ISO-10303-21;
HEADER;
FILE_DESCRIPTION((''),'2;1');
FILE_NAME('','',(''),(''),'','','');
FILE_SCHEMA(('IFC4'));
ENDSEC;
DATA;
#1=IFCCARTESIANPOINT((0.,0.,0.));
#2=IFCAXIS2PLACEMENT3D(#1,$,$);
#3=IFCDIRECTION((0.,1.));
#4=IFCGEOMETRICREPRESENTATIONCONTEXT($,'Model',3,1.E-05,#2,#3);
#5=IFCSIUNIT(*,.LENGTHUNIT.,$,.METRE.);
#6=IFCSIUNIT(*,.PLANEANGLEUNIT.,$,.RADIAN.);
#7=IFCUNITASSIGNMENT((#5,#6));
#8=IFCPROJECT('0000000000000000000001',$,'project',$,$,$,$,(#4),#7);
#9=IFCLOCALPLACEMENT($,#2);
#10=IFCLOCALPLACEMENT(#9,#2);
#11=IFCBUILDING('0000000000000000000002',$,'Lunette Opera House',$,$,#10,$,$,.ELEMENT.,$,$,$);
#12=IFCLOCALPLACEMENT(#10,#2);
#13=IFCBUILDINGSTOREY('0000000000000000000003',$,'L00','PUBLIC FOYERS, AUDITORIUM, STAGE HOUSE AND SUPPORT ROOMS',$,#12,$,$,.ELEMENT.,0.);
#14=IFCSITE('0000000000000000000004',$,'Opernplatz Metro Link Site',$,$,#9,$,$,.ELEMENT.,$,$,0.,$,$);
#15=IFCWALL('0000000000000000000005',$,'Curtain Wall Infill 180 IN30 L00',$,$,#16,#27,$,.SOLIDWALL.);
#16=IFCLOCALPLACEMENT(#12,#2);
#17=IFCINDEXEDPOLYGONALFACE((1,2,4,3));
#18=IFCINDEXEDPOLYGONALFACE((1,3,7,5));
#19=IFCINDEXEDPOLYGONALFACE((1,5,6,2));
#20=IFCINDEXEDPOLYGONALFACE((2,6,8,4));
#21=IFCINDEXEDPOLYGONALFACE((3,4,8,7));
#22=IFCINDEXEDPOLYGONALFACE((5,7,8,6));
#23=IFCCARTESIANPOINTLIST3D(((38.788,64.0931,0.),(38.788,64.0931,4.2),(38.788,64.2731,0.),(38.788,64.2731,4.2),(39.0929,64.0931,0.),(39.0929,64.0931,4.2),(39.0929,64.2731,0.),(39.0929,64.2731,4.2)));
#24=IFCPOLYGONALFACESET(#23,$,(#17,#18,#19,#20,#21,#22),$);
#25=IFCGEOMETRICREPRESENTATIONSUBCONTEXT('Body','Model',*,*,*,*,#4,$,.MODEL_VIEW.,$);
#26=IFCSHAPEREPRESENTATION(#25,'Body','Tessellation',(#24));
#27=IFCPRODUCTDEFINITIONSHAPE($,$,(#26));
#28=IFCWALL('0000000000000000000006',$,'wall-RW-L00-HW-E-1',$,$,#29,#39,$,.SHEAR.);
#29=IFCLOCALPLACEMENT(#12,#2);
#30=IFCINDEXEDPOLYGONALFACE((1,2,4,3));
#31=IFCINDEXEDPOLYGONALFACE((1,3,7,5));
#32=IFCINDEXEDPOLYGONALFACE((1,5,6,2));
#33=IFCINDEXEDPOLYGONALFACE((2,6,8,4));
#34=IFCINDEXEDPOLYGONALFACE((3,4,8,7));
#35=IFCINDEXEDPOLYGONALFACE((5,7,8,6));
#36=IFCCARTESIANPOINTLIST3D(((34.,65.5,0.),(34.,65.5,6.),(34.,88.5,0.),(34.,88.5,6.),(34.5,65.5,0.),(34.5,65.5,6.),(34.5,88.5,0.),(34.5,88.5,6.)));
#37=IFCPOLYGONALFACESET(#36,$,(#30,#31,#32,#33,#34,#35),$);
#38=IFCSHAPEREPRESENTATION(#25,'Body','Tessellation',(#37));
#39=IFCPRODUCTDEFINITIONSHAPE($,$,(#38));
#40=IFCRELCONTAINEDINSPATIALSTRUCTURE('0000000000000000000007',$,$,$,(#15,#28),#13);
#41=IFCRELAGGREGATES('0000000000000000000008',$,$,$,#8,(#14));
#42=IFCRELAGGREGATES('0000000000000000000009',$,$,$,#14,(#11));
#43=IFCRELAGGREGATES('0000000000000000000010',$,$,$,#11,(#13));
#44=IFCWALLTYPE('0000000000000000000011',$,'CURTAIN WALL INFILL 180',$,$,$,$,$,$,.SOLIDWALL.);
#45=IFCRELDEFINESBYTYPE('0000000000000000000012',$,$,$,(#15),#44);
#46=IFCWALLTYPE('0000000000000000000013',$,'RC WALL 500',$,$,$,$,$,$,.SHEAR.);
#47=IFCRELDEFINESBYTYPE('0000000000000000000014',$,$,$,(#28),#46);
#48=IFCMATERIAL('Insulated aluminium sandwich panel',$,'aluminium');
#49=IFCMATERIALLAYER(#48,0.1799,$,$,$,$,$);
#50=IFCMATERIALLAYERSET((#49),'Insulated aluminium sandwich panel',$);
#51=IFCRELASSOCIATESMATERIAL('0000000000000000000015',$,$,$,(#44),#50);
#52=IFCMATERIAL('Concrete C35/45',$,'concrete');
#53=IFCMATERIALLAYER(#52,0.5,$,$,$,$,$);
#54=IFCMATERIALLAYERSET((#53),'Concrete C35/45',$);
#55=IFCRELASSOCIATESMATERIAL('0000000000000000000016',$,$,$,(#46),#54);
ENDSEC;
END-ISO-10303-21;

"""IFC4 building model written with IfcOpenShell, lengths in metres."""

from ifc_helpers import new_model, si_unit, direction, frame, frame_2d, origin, place, context, subcontext, project, spatial, rectangle, extrude, material, layer, layer_set, type_object, element, save


model = new_model("IFC4")

# Units and contexts
model_context = context("Model", 3, precision=1e-05, world=origin(), true_north=direction((0.0, 1.0)))
body_context = subcontext(model_context, "Body", "Model", "MODEL_VIEW")
ifc_project = project(units=[si_unit("LENGTHUNIT", "METRE"), si_unit("PLANEANGLEUNIT", "RADIAN")], contexts=[model_context])

# Site, building, storey
site_placement = place(None, origin())
site = spatial("IfcSite", under=ifc_project, at=site_placement, Name="Opernplatz Metro Link Site", CompositionType="ELEMENT", RefElevation=0.0)
building_placement = place(site_placement, origin())
building = spatial("IfcBuilding", under=site, at=building_placement, Name="Lunette Opera House", CompositionType="ELEMENT")
storey_placement = place(building_placement, origin())
storey = spatial("IfcBuildingStorey", under=building, at=storey_placement, Name="L00", Description="PUBLIC FOYERS, AUDITORIUM, STAGE HOUSE AND SUPPORT ROOMS", CompositionType="ELEMENT", Elevation=0.0)

# Walls
ifc_material_1 = material(Name="Insulated aluminium sandwich panel", Category="aluminium")
ifc_layer_1 = layer(ifc_material_1, 0.1799)
ifc_layer_set_1 = layer_set([ifc_layer_1], Name="Insulated aluminium sandwich panel")
wall_type_1 = type_object("IfcWallType", Name="CURTAIN WALL INFILL 180", PredefinedType="SOLIDWALL", material=ifc_layer_set_1)
wall_1_placement = place(storey_placement, frame((38.7881, 64.1831, 0.0), z_axis=(0.0, 0.0, 1.0), x_axis=(1.0, 0.0, 0.0)))
element("IfcWall", 1, at=wall_1_placement, inside=storey, type_object=wall_type_1, Name="Curtain Wall Infill 180 IN30 L00", PredefinedType="SOLIDWALL", context=body_context, shape_type="SweptSolid", body=[
    extrude(rectangle(XDim=0.3049, YDim=0.1799, at=frame_2d((0.1523, 0.0))), origin(), (0.0, 0.0, 1.0), 4.2),
])
ifc_material_2 = material(Name="Concrete C35/45", Category="concrete")
ifc_layer_2 = layer(ifc_material_2, 0.5)
ifc_layer_set_2 = layer_set([ifc_layer_2], Name="Concrete C35/45")
wall_type_2 = type_object("IfcWallType", Name="RC WALL 500", PredefinedType="SHEAR", material=ifc_layer_set_2)
wall_2_placement = place(storey_placement, frame((34.25, 65.5, 0.0), z_axis=(0.0, 0.0, 1.0), x_axis=(0.0, 1.0, 0.0)))
element("IfcWall", 2, at=wall_2_placement, inside=storey, type_object=wall_type_2, Name="wall-RW-L00-HW-E-1", PredefinedType="SHEAR", context=body_context, shape_type="SweptSolid", body=[
    extrude(rectangle(XDim=23.0, YDim=0.5, at=frame_2d((11.5, 0.0))), origin(), (0.0, 0.0, 1.0), 6.0),
])

save(model, "model.ifc")
